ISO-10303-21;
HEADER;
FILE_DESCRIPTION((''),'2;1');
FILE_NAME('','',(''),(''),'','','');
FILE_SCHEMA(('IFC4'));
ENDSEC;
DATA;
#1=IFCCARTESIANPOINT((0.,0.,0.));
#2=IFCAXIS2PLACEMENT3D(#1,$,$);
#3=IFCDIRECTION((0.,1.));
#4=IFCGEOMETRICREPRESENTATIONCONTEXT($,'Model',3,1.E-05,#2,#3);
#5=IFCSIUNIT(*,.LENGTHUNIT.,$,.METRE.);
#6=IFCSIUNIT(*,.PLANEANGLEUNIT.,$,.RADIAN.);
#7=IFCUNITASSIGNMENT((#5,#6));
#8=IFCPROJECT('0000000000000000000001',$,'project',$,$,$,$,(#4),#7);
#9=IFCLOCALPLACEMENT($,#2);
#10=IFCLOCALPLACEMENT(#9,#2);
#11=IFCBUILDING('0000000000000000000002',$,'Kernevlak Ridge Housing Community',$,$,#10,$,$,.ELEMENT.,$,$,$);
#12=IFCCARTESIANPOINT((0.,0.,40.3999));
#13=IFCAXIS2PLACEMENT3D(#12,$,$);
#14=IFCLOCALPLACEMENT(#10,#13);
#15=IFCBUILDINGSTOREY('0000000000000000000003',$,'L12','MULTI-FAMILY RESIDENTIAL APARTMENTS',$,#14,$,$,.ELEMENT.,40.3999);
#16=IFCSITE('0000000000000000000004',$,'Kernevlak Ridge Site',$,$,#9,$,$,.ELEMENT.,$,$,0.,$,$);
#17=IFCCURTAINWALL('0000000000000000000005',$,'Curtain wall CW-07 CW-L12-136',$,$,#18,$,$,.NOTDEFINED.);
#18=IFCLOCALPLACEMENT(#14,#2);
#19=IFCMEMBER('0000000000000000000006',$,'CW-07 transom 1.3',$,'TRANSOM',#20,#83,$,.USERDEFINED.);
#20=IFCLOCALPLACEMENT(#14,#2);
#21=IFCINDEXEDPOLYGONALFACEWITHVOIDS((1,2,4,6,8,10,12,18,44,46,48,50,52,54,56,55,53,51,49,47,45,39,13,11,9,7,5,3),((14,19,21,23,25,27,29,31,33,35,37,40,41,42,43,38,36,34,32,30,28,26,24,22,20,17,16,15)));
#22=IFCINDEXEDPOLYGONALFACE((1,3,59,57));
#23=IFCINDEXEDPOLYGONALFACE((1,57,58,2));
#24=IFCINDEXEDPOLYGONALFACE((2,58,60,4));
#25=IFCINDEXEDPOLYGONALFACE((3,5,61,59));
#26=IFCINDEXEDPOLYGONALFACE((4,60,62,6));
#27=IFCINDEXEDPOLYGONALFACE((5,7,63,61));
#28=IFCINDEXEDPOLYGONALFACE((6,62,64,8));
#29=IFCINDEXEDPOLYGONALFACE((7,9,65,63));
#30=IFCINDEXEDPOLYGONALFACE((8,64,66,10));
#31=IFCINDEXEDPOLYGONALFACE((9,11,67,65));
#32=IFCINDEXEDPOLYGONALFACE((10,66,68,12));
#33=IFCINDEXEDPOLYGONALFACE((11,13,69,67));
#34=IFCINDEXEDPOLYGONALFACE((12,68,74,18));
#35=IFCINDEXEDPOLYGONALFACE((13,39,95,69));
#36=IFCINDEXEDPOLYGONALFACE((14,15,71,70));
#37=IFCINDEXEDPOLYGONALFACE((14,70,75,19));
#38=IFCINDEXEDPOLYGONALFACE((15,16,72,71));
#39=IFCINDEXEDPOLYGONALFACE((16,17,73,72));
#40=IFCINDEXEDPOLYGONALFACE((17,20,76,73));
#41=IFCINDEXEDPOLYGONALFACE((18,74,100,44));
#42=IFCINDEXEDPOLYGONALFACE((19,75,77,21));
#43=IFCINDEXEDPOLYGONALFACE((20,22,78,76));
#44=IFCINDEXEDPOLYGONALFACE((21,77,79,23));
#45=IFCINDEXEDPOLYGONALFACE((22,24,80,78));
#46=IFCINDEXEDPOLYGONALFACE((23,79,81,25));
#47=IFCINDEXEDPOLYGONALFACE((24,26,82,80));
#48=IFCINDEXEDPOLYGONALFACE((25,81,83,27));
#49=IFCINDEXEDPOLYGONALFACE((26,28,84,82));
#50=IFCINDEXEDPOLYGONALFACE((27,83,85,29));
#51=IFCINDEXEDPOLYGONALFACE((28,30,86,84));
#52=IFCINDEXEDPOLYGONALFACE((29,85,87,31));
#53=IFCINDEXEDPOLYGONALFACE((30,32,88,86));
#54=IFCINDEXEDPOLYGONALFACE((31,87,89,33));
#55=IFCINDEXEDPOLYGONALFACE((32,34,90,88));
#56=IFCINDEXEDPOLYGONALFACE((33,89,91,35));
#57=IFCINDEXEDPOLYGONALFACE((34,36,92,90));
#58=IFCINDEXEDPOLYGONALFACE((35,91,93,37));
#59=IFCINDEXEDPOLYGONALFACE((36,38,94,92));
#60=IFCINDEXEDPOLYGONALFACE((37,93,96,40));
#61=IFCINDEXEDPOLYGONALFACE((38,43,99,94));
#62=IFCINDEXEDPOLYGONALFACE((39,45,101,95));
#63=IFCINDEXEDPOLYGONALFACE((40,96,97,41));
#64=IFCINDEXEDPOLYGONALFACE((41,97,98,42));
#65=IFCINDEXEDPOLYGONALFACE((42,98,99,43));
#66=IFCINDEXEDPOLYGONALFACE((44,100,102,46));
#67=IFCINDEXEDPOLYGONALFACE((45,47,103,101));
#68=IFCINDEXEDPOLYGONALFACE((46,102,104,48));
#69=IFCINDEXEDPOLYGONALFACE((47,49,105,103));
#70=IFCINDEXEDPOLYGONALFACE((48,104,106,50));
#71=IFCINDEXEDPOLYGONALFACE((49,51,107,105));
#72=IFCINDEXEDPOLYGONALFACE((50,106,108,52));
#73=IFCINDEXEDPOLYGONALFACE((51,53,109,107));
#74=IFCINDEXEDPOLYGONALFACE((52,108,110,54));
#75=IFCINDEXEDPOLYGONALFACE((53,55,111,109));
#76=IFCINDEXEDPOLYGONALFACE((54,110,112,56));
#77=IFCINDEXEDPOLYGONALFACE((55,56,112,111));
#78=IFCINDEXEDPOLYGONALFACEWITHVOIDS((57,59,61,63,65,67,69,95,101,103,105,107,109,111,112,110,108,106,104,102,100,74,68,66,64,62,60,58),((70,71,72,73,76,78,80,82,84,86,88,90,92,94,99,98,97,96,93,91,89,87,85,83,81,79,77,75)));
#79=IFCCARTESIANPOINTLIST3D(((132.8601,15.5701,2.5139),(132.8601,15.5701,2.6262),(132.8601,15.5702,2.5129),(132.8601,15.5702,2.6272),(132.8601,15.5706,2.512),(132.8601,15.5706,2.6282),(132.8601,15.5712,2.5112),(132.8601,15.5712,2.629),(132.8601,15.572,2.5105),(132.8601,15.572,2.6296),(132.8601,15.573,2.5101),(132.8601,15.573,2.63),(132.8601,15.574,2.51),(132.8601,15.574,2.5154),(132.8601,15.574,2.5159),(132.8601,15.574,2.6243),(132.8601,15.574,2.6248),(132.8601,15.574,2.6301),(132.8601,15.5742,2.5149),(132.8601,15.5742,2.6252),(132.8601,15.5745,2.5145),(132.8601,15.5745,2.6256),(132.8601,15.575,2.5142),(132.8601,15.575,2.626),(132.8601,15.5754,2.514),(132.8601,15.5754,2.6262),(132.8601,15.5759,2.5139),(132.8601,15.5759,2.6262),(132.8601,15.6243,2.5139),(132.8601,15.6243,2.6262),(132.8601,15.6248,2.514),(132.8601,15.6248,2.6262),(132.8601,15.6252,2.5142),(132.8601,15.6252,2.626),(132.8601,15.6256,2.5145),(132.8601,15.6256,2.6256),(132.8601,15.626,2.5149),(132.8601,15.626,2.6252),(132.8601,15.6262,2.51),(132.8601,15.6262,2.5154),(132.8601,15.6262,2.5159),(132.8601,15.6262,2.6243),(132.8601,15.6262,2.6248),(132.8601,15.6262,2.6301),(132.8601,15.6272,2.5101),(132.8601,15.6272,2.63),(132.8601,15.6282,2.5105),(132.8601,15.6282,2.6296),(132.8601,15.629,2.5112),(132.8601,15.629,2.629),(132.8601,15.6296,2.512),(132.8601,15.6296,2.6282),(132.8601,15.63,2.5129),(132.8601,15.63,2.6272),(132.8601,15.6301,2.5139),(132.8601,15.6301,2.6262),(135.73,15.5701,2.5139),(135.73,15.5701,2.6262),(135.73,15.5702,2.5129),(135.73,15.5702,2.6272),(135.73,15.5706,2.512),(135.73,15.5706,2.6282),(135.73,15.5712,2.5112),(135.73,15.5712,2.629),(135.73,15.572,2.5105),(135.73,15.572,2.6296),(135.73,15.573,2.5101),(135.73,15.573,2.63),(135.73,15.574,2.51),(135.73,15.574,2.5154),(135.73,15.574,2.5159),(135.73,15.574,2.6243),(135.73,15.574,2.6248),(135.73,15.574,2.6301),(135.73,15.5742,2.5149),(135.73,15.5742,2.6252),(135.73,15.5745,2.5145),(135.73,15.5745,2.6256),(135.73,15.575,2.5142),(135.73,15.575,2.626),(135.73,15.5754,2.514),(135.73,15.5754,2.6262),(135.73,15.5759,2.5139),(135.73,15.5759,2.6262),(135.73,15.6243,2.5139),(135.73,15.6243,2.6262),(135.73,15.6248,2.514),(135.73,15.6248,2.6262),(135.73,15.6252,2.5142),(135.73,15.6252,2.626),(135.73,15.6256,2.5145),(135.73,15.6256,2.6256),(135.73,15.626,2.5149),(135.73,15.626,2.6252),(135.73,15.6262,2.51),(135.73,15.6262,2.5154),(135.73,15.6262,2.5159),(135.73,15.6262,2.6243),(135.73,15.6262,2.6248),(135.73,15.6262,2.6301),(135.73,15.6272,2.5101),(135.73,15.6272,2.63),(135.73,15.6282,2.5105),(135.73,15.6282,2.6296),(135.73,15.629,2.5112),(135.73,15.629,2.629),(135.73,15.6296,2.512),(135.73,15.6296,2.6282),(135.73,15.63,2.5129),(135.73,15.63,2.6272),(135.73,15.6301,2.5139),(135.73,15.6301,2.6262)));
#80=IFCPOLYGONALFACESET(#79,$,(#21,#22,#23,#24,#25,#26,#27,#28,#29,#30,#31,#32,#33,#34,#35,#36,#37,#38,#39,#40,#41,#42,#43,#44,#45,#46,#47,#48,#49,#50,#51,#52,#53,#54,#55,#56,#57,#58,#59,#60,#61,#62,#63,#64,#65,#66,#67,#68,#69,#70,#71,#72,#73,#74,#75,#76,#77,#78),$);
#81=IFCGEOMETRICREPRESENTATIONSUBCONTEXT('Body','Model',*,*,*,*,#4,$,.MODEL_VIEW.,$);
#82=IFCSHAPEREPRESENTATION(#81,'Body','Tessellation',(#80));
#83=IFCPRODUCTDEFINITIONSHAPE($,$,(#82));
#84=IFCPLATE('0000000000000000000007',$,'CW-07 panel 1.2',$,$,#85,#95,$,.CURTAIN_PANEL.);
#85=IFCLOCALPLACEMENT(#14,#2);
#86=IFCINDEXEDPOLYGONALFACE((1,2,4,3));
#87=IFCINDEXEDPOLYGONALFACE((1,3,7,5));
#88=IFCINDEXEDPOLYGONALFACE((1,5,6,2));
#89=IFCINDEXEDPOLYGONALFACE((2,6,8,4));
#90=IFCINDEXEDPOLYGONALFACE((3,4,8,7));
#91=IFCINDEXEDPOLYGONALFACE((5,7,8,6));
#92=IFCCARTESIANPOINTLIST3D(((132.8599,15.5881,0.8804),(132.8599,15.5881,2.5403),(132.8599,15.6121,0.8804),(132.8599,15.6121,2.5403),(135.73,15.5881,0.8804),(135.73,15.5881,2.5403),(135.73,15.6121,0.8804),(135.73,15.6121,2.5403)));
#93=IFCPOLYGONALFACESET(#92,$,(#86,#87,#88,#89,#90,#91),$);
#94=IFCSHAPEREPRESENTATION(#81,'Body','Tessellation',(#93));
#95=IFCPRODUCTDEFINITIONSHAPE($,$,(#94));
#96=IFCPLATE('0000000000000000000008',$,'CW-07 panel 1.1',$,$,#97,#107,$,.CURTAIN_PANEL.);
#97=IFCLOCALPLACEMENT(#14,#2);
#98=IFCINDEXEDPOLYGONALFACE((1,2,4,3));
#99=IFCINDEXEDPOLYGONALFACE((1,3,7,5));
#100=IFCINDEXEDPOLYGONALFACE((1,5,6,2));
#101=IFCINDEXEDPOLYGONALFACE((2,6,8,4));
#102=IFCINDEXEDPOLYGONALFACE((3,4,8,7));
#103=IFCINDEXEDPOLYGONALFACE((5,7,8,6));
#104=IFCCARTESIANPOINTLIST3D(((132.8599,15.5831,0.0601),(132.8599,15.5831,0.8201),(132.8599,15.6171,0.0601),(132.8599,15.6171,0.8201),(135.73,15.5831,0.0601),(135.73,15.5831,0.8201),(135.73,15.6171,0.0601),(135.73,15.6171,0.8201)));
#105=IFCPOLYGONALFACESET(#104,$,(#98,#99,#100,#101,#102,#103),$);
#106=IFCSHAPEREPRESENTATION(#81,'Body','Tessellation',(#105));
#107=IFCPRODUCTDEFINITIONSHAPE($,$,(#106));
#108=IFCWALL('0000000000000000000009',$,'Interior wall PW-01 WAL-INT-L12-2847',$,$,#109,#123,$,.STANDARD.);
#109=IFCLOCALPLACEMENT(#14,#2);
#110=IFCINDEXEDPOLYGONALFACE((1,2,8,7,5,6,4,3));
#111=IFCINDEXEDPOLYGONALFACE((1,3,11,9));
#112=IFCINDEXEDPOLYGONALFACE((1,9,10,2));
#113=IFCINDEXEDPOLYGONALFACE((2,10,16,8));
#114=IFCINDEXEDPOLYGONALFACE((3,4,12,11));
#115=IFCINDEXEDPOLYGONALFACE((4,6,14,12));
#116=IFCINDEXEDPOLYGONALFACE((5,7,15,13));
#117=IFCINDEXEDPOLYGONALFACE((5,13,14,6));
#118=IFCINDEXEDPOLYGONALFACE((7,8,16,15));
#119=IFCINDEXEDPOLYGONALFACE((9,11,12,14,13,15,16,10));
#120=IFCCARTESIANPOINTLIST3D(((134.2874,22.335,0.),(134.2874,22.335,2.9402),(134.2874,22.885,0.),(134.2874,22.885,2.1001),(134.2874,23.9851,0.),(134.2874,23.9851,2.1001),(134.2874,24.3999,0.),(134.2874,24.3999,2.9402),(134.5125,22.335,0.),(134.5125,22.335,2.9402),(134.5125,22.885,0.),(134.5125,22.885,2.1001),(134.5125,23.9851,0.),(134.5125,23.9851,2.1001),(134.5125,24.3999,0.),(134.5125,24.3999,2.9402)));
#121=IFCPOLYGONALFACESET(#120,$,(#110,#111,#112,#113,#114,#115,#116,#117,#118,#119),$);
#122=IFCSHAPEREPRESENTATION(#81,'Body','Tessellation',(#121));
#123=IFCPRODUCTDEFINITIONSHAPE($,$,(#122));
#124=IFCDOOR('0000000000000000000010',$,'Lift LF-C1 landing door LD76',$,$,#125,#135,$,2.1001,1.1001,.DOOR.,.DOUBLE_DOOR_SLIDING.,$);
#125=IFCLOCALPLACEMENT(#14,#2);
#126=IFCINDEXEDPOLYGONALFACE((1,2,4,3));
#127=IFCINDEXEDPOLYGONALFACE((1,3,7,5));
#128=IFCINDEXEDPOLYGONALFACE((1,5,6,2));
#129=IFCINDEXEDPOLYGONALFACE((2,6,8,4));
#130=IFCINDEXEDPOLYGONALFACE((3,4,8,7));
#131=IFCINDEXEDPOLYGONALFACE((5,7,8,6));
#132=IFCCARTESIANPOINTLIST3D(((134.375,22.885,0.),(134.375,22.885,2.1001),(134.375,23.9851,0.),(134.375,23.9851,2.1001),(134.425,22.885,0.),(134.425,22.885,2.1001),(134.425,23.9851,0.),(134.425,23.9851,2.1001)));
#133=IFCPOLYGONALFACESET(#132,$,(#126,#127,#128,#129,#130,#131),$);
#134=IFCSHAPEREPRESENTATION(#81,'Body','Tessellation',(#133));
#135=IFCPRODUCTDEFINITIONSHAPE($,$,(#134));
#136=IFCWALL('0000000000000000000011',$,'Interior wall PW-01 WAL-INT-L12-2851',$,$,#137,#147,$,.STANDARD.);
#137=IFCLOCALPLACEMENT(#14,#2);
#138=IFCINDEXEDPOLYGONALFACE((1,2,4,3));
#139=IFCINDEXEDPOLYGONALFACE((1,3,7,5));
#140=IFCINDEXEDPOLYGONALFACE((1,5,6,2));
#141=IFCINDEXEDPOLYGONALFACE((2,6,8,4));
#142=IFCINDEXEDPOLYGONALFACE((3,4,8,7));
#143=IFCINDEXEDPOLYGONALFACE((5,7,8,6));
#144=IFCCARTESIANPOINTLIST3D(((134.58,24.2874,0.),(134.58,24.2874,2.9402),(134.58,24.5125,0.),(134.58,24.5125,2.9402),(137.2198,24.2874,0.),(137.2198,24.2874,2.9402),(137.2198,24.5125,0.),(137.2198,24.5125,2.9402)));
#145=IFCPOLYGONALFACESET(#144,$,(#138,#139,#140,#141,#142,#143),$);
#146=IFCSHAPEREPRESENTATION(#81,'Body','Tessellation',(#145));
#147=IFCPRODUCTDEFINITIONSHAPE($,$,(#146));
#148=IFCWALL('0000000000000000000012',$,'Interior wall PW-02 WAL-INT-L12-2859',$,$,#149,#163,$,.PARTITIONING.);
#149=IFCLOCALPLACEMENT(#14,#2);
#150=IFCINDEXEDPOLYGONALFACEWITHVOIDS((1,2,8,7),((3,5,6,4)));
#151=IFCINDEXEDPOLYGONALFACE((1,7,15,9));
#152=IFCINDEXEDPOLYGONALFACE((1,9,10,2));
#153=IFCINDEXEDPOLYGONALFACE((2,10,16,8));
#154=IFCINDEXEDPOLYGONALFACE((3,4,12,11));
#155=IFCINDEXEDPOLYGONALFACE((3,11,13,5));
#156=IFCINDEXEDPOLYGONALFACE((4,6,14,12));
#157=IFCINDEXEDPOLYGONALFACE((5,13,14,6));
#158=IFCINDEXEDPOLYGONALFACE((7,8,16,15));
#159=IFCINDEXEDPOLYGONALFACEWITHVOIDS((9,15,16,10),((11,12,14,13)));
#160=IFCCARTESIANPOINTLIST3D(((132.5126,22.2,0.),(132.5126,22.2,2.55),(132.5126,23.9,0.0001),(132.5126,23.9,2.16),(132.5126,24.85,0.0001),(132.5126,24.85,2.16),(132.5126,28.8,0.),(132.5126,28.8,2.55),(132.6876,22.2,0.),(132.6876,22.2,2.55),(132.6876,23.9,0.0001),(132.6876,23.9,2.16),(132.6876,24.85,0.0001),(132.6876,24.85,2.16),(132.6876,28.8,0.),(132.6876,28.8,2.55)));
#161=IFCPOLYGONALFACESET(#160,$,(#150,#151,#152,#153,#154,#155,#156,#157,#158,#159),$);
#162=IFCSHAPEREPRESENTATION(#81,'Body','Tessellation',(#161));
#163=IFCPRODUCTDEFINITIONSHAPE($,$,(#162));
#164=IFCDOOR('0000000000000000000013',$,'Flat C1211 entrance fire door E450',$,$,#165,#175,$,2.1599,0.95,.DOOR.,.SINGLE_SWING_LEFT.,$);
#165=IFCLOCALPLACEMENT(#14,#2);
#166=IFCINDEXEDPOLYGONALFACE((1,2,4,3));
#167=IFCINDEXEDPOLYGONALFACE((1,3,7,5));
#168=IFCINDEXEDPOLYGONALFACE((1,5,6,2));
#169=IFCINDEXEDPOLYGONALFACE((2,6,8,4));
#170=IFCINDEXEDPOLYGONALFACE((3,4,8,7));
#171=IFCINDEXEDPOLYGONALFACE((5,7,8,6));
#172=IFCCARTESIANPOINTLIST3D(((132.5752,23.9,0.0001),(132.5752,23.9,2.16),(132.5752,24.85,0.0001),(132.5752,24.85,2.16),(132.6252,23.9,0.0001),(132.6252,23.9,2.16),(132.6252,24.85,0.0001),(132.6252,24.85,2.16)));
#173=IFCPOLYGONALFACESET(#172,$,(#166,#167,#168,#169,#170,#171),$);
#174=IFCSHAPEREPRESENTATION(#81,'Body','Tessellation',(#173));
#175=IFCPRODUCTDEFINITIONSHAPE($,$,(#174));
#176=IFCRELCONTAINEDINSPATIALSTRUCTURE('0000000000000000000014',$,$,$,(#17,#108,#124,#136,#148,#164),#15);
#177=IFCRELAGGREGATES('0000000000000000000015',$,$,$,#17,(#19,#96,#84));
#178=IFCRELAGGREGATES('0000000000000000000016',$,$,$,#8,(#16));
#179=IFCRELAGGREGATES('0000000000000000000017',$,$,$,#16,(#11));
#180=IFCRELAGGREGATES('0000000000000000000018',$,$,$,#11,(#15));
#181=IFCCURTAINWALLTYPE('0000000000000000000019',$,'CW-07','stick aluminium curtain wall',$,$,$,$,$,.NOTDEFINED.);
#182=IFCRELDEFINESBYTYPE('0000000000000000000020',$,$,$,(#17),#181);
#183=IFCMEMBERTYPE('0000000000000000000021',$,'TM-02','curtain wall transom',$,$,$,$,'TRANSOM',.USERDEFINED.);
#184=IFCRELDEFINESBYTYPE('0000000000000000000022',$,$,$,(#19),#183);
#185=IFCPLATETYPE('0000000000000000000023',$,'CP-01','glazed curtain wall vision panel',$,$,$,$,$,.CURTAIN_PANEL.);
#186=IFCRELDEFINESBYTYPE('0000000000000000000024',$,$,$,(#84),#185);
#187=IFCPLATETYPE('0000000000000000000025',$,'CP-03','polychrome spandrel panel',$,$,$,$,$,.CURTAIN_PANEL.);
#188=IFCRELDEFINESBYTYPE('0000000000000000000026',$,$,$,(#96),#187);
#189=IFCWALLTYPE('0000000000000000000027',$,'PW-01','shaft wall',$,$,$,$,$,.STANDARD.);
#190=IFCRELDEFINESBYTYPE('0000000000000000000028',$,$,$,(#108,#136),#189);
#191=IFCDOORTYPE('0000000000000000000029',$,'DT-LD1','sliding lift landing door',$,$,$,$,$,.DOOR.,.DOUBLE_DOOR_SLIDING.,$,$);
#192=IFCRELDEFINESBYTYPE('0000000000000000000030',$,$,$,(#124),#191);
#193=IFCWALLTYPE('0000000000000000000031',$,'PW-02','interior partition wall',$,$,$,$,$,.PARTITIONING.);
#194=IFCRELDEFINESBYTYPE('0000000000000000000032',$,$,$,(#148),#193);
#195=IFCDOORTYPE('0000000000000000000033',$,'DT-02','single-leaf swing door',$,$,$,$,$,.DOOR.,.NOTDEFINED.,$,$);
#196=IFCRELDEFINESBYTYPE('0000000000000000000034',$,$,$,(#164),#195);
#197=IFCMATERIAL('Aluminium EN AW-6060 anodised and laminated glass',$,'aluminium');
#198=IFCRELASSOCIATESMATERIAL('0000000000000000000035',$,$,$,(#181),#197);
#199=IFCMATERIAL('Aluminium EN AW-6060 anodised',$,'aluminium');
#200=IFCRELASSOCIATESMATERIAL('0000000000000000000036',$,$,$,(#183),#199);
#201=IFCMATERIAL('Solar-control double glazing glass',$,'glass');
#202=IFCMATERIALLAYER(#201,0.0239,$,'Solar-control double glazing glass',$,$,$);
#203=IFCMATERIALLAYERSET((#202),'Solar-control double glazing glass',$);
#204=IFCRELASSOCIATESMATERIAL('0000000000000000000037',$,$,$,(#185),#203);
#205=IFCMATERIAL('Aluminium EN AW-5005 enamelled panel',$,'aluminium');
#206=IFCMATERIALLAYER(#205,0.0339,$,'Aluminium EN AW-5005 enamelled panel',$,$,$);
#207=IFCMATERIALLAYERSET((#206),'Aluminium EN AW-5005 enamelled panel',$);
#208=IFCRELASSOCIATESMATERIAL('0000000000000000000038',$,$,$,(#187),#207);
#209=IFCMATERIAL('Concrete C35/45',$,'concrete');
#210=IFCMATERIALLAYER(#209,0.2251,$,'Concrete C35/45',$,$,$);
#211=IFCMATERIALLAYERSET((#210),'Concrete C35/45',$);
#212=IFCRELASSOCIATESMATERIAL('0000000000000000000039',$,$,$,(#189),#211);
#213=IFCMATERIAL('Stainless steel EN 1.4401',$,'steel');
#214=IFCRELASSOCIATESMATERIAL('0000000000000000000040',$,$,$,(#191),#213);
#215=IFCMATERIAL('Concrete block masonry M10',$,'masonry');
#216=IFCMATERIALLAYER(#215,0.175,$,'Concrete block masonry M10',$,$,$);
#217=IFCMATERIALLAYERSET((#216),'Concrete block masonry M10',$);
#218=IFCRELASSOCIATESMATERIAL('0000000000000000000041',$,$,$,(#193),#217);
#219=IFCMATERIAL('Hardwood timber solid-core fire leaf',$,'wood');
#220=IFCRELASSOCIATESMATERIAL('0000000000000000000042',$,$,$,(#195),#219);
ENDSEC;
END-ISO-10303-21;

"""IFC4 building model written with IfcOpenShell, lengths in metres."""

from ifc_helpers import new_model, si_unit, direction, frame, frame_2d, origin, origin_2d, place, context, subcontext, project, spatial, rectangle, hollow_rectangle, extrude, material, layer, layer_set, material_profile, profile_set, type_object, element, fill, aggregate, save


model = new_model("IFC4")

# Units and contexts
model_context = context("Model", 3, precision=1e-05, world=origin(), true_north=direction((0.0, 1.0)))
body_context = subcontext(model_context, "Body", "Model", "MODEL_VIEW")
ifc_project = project(units=[si_unit("LENGTHUNIT", "METRE"), si_unit("PLANEANGLEUNIT", "RADIAN")], contexts=[model_context])

# Site, building, storey
site_placement = place(None, origin())
site = spatial("IfcSite", under=ifc_project, at=site_placement, Name="Kernevlak Ridge Site", CompositionType="ELEMENT", RefElevation=0.0)
building_placement = place(site_placement, origin())
building = spatial("IfcBuilding", under=site, at=building_placement, Name="Kernevlak Ridge Housing Community", CompositionType="ELEMENT")
storey_placement = place(building_placement, frame((0.0, 0.0, 40.3999)))
storey = spatial("IfcBuildingStorey", under=building, at=storey_placement, Name="L12", Description="MULTI-FAMILY RESIDENTIAL APARTMENTS", CompositionType="ELEMENT", Elevation=40.3999)

# Shared definitions
ifc_material_1 = material(Name="Concrete C35/45", Category="concrete")

# Curtain wall
ifc_material_2 = material(Name="Aluminium EN AW-6060 anodised and laminated glass", Category="aluminium")
curtain_wall_type = type_object("IfcCurtainWallType", Name="CW-07", Description="stick aluminium curtain wall", PredefinedType="NOTDEFINED", material=ifc_material_2)
curtain_wall_placement = place(storey_placement, origin())
curtain_wall = element("IfcCurtainWall", 1, at=curtain_wall_placement, inside=storey, type_object=curtain_wall_type, Name="Curtain wall CW-07 CW-L12-136", PredefinedType="NOTDEFINED")
ifc_material_3 = material(Name="Aluminium EN AW-6060 anodised", Category="aluminium")

# Member
ifc_material_profile_1 = material_profile(ifc_material_3, hollow_rectangle(XDim=0.0601, YDim=0.1201, WallThickness=0.0039, InnerFilletRadius=0.002, OuterFilletRadius=0.0039, at=origin_2d()), Name="ALU 60x120x4")
ifc_profile_set_1 = profile_set([ifc_material_profile_1], Name="Aluminium EN AW-6060 anodised")
member_type_1 = type_object("IfcMemberType", Name="TM-02", Description="curtain wall transom", ElementType="TRANSOM", PredefinedType="USERDEFINED", material=ifc_profile_set_1)
member_1_placement = place(storey_placement, frame((132.8601, 15.6001, 2.5701), z_axis=(1.0, 0.0, 0.0), x_axis=(0.0, 1.0, 0.0)))
member_1 = element("IfcMember", 2, at=member_1_placement, type_object=member_type_1, Name="CW-07 transom 1.3", ObjectType="TRANSOM", PredefinedType="USERDEFINED", context=body_context, shape_type="SweptSolid", body=[
    extrude(hollow_rectangle(XDim=0.0601, YDim=0.1201, WallThickness=0.0039, InnerFilletRadius=0.002, OuterFilletRadius=0.0039, at=origin_2d()), origin(), (0.0, 0.0, 1.0), 2.8699),
])

# Plates
ifc_material_4 = material(Name="Solar-control double glazing glass", Category="glass")
ifc_layer_1 = layer(ifc_material_4, 0.0239, Name="Solar-control double glazing glass")
ifc_layer_set_1 = layer_set([ifc_layer_1], Name="Solar-control double glazing glass")
plate_type_1 = type_object("IfcPlateType", Name="CP-01", Description="glazed curtain wall vision panel", PredefinedType="CURTAIN_PANEL", material=ifc_layer_set_1)
plate_1_placement = place(storey_placement, frame((134.2949, 15.6001, 0.8804), z_axis=(0.0, 0.0, 1.0), x_axis=(1.0, 0.0, 0.0)))
plate_1 = element("IfcPlate", 3, at=plate_1_placement, type_object=plate_type_1, Name="CW-07 panel 1.2", PredefinedType="CURTAIN_PANEL", context=body_context, shape_type="SweptSolid", body=[
    extrude(rectangle(XDim=2.8701, YDim=0.0239, at=origin_2d()), origin(), (0.0, 0.0, 1.0), 1.6599),
])
ifc_material_5 = material(Name="Aluminium EN AW-5005 enamelled panel", Category="aluminium")
ifc_layer_2 = layer(ifc_material_5, 0.0339, Name="Aluminium EN AW-5005 enamelled panel")
ifc_layer_set_2 = layer_set([ifc_layer_2], Name="Aluminium EN AW-5005 enamelled panel")
plate_type_2 = type_object("IfcPlateType", Name="CP-03", Description="polychrome spandrel panel", PredefinedType="CURTAIN_PANEL", material=ifc_layer_set_2)
plate_2_placement = place(storey_placement, frame((134.2949, 15.6001, 0.0601), z_axis=(0.0, 0.0, 1.0), x_axis=(1.0, 0.0, 0.0)))
plate_2 = element("IfcPlate", 4, at=plate_2_placement, type_object=plate_type_2, Name="CW-07 panel 1.1", PredefinedType="CURTAIN_PANEL", context=body_context, shape_type="SweptSolid", body=[
    extrude(rectangle(XDim=2.8701, YDim=0.0339, at=origin_2d()), origin(), (0.0, 0.0, 1.0), 0.76),
])
aggregate(curtain_wall, [member_1, plate_2, plate_1])

# Wall, opening, door
ifc_layer_3 = layer(ifc_material_1, 0.2251, Name="Concrete C35/45")
ifc_layer_set_3 = layer_set([ifc_layer_3], Name="Concrete C35/45")
wall_type_1 = type_object("IfcWallType", Name="PW-01", Description="shaft wall", PredefinedType="STANDARD", material=ifc_layer_set_3)
wall_1_placement = place(storey_placement, frame((134.3999, 22.335, 0.0), z_axis=(0.0, 0.0, 1.0), x_axis=(0.0, 1.0, 0.0)))
wall_1 = element("IfcWall", 5, at=wall_1_placement, inside=storey, type_object=wall_type_1, Name="Interior wall PW-01 WAL-INT-L12-2847", PredefinedType="STANDARD", context=body_context, shape_type="SweptSolid", body=[
    extrude(rectangle(XDim=2.0649, YDim=0.2251, at=frame_2d((1.0325, 0.0))), origin(), (0.0, 0.0, 1.0), 2.9402),
])
opening_1_placement = place(wall_1_placement, frame((0.55, 0.0, 0.0)))
opening_1 = element("IfcOpeningElement", 6, at=opening_1_placement, cuts=wall_1, PredefinedType="OPENING", context=body_context, shape_type="SweptSolid", body=[
    extrude(rectangle(XDim=1.1001, YDim=2.1001, at=frame_2d((0.55, 1.05))), frame((0.0, 0.1226, 0.0), z_axis=(0.0, -1.0, 0.0), x_axis=(1.0, 0.0, 0.0)), (0.0, 0.0, 1.0), 0.2451),
])
ifc_material_6 = material(Name="Stainless steel EN 1.4401", Category="steel")
door_type_1 = type_object("IfcDoorType", Name="DT-LD1", Description="sliding lift landing door", OperationType="DOUBLE_DOOR_SLIDING", PredefinedType="DOOR", material=ifc_material_6)
door_1_placement = place(opening_1_placement, origin())
door_1 = element("IfcDoor", 7, at=door_1_placement, inside=storey, type_object=door_type_1, Name="Lift LF-C1 landing door LD76", OperationType="DOUBLE_DOOR_SLIDING", OverallHeight=2.1001, OverallWidth=1.1001, PredefinedType="DOOR", context=body_context, shape_type="SweptSolid", body=[
    extrude(rectangle(XDim=1.1001, YDim=2.1001, at=frame_2d((0.55, 1.05))), frame((0.0, 0.0249, 0.0), z_axis=(0.0, -1.0, 0.0), x_axis=(1.0, 0.0, 0.0)), (0.0, 0.0, 1.0), 0.05),
])
fill(opening_1, door_1)

# Wall
wall_2_placement = place(storey_placement, frame((134.5801, 24.3999, 0.0), z_axis=(0.0, 0.0, 1.0), x_axis=(1.0, 0.0, 0.0)))
element("IfcWall", 8, at=wall_2_placement, inside=storey, type_object=wall_type_1, Name="Interior wall PW-01 WAL-INT-L12-2851", PredefinedType="STANDARD", context=body_context, shape_type="SweptSolid", body=[
    extrude(rectangle(XDim=2.6399, YDim=0.2251, at=frame_2d((1.3198, 0.0))), origin(), (0.0, 0.0, 1.0), 2.9402),
])

# Wall, opening, door
ifc_material_7 = material(Name="Concrete block masonry M10", Category="masonry")
ifc_layer_4 = layer(ifc_material_7, 0.175, Name="Concrete block masonry M10")
ifc_layer_set_4 = layer_set([ifc_layer_4], Name="Concrete block masonry M10")
wall_type_2 = type_object("IfcWallType", Name="PW-02", Description="interior partition wall", PredefinedType="PARTITIONING", material=ifc_layer_set_4)
wall_3_placement = place(storey_placement, frame((132.6001, 22.2, 0.0), z_axis=(0.0, 0.0, 1.0), x_axis=(0.0, 1.0, 0.0)))
wall_3 = element("IfcWall", 9, at=wall_3_placement, inside=storey, type_object=wall_type_2, Name="Interior wall PW-02 WAL-INT-L12-2859", PredefinedType="PARTITIONING", context=body_context, shape_type="SweptSolid", body=[
    extrude(rectangle(XDim=6.6001, YDim=0.175, at=frame_2d((3.3, 0.0))), origin(), (0.0, 0.0, 1.0), 2.55),
])
opening_2_placement = place(wall_3_placement, frame((1.7, 0.0, 0.0)))
opening_2 = element("IfcOpeningElement", 10, at=opening_2_placement, cuts=wall_3, PredefinedType="OPENING", context=body_context, shape_type="SweptSolid", body=[
    extrude(rectangle(XDim=0.95, YDim=2.1599, at=frame_2d((0.4751, 1.0801))), frame((0.0, 0.0974, 0.0), z_axis=(0.0, -1.0, 0.0), x_axis=(1.0, 0.0, 0.0)), (0.0, 0.0, 1.0), 0.1951),
])
ifc_material_8 = material(Name="Hardwood timber solid-core fire leaf", Category="wood")
door_type_2 = type_object("IfcDoorType", Name="DT-02", Description="single-leaf swing door", OperationType="NOTDEFINED", PredefinedType="DOOR", material=ifc_material_8)
door_2_placement = place(opening_2_placement, origin())
door_2 = element("IfcDoor", 11, at=door_2_placement, inside=storey, type_object=door_type_2, Name="Flat C1211 entrance fire door E450", OperationType="SINGLE_SWING_LEFT", OverallHeight=2.1599, OverallWidth=0.95, PredefinedType="DOOR", context=body_context, shape_type="SweptSolid", body=[
    extrude(rectangle(XDim=0.95, YDim=2.1599, at=frame_2d((0.4751, 1.0801))), frame((0.0, 0.0249, 0.0), z_axis=(0.0, -1.0, 0.0), x_axis=(1.0, 0.0, 0.0)), (0.0, 0.0, 1.0), 0.05),
])
fill(opening_2, door_2)

save(model, "model.ifc")
